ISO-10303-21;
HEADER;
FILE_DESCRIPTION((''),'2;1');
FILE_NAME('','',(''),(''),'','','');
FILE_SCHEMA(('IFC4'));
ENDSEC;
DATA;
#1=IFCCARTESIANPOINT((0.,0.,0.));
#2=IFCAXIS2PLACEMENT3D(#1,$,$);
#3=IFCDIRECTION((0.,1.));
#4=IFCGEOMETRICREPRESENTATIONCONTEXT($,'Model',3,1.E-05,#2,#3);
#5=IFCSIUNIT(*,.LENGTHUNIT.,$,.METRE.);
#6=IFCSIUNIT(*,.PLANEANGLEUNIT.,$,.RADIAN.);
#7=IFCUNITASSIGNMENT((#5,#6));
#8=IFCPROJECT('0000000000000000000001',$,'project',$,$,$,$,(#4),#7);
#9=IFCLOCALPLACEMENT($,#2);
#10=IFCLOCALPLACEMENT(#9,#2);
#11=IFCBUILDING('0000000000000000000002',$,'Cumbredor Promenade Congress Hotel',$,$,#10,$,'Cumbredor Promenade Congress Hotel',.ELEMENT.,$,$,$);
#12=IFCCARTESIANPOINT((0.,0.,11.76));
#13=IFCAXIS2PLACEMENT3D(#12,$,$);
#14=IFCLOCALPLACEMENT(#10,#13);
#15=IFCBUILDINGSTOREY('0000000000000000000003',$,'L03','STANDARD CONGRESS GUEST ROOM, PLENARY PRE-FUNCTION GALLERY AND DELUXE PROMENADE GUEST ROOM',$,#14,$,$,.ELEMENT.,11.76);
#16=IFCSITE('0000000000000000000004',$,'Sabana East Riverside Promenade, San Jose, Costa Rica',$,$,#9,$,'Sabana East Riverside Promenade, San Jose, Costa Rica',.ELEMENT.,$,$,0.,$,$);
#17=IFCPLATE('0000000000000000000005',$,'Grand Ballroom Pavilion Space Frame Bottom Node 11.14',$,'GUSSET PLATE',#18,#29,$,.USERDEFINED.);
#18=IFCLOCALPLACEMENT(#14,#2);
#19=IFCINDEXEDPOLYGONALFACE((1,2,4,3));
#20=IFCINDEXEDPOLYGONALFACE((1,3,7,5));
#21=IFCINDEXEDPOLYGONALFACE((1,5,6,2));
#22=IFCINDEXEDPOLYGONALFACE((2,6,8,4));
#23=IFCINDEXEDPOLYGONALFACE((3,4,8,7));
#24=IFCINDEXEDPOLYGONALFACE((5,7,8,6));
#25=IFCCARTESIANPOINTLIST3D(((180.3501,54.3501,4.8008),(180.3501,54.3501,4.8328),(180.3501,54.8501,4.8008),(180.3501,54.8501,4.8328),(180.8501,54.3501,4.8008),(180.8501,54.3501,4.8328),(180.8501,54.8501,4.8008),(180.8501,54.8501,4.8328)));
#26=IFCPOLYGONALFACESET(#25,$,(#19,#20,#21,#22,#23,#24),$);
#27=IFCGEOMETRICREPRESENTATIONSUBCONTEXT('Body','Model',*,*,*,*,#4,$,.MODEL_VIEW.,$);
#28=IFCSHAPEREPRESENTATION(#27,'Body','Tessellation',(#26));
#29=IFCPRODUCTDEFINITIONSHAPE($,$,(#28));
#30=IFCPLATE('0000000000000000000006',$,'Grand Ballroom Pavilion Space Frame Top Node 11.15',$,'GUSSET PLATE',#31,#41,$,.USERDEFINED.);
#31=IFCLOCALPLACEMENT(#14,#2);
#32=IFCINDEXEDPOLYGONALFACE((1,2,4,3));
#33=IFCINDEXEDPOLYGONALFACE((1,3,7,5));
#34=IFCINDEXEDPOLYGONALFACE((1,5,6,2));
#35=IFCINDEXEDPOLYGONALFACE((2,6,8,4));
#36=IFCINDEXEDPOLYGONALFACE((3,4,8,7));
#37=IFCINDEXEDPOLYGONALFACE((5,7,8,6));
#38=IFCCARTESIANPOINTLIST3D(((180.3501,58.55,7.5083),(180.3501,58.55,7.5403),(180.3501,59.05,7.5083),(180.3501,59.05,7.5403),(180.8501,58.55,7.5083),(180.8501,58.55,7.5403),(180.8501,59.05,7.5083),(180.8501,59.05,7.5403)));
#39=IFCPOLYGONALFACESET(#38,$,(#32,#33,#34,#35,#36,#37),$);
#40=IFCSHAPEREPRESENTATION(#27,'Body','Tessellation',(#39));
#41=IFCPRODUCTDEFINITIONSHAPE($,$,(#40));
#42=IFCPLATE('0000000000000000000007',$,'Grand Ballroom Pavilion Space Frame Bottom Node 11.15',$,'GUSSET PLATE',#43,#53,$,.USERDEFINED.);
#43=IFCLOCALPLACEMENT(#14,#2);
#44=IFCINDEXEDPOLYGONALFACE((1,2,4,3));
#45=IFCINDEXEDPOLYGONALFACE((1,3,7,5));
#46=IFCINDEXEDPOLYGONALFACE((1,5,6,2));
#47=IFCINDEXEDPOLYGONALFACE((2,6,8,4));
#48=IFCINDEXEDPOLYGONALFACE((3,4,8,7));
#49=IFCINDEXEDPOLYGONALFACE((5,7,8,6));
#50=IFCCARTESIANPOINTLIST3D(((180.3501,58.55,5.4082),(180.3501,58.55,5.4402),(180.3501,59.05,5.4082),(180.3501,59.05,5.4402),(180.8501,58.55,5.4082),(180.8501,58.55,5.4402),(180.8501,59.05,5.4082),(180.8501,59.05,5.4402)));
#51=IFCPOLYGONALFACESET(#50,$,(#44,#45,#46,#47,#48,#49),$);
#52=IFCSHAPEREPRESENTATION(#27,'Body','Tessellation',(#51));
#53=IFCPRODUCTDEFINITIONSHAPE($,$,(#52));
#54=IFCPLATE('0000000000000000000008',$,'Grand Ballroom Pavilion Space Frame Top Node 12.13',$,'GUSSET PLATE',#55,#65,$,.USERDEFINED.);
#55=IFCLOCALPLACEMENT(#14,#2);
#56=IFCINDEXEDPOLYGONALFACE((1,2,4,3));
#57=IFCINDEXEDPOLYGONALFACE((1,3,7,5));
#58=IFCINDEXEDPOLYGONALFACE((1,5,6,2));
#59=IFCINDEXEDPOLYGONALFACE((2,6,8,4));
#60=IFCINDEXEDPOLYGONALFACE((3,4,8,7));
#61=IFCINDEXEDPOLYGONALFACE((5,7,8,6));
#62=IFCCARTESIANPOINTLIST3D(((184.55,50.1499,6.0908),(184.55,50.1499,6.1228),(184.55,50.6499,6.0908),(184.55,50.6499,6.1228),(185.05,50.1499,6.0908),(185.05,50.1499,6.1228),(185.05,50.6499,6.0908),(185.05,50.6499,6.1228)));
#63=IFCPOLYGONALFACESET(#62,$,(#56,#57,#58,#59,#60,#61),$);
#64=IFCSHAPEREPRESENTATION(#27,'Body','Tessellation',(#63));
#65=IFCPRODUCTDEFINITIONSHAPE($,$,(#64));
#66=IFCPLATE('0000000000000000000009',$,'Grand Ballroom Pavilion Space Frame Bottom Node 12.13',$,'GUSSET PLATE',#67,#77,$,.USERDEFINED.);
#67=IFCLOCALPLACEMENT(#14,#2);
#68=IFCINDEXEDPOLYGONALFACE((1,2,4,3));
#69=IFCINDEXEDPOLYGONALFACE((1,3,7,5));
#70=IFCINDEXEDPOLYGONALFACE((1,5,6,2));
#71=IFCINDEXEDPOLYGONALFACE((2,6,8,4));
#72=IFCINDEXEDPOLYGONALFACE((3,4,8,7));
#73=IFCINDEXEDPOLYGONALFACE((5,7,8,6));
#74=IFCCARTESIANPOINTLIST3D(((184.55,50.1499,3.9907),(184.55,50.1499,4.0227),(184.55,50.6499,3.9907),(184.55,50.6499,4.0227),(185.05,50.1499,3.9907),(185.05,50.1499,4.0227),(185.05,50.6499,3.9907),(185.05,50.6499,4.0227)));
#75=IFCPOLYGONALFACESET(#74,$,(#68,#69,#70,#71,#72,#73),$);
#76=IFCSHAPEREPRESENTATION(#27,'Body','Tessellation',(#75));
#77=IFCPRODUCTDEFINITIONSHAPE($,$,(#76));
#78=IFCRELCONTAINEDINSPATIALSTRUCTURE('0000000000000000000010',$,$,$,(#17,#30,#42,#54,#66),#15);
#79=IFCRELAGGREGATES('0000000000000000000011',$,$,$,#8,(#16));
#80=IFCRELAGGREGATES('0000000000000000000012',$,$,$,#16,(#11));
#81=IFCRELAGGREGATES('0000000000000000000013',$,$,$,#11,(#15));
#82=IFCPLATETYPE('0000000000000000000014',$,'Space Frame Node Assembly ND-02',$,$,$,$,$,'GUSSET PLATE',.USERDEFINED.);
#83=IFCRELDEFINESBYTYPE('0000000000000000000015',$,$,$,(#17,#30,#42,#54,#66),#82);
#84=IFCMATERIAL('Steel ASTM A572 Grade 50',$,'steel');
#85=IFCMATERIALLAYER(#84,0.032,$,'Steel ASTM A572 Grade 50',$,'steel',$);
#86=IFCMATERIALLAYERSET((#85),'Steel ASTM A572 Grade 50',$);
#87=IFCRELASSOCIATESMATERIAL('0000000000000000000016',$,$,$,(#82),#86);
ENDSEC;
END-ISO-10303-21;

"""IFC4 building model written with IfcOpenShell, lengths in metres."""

from ifc_helpers import new_model, si_unit, direction, frame, origin, origin_2d, place, context, subcontext, project, spatial, rectangle, extrude, material, layer, layer_set, type_object, element, save


model = new_model("IFC4")

# Units and contexts
model_context = context("Model", 3, precision=1e-05, world=origin(), true_north=direction((0.0, 1.0)))
body_context = subcontext(model_context, "Body", "Model", "MODEL_VIEW")
ifc_project = project(units=[si_unit("LENGTHUNIT", "METRE"), si_unit("PLANEANGLEUNIT", "RADIAN")], contexts=[model_context])

# Site, building, storey
site_placement = place(None, origin())
site = spatial("IfcSite", under=ifc_project, at=site_placement, Name="Sabana East Riverside Promenade, San Jose, Costa Rica", LongName="Sabana East Riverside Promenade, San Jose, Costa Rica", CompositionType="ELEMENT", RefElevation=0.0)
building_placement = place(site_placement, origin())
building = spatial("IfcBuilding", under=site, at=building_placement, Name="Cumbredor Promenade Congress Hotel", LongName="Cumbredor Promenade Congress Hotel", CompositionType="ELEMENT")
storey_placement = place(building_placement, frame((0.0, 0.0, 11.76)))
storey = spatial("IfcBuildingStorey", under=building, at=storey_placement, Name="L03", Description="STANDARD CONGRESS GUEST ROOM, PLENARY PRE-FUNCTION GALLERY AND DELUXE PROMENADE GUEST ROOM", CompositionType="ELEMENT", Elevation=11.76)

# Plates
ifc_material_1 = material(Name="Steel ASTM A572 Grade 50", Category="steel")
ifc_layer = layer(ifc_material_1, 0.032, Name="Steel ASTM A572 Grade 50", Category="steel")
ifc_layer_set = layer_set([ifc_layer], Name="Steel ASTM A572 Grade 50")
plate_type = type_object("IfcPlateType", Name="Space Frame Node Assembly ND-02", ElementType="GUSSET PLATE", PredefinedType="USERDEFINED", material=ifc_layer_set)
for number, where, z_axis, x_axis, name in (
    (1, (180.6001, 54.6001, 4.8008), (0.0, 0.0, 1.0), (1.0, 0.0, 0.0), "Grand Ballroom Pavilion Space Frame Bottom Node 11.14"),
    (2, (180.6001, 58.8, 7.5083), (0.0, 0.0, 1.0), (1.0, 0.0, 0.0), "Grand Ballroom Pavilion Space Frame Top Node 11.15"),
    (3, (180.6001, 58.8, 5.4082), (0.0, 0.0, 1.0), (1.0, 0.0, 0.0), "Grand Ballroom Pavilion Space Frame Bottom Node 11.15"),
    (4, (184.8, 50.3999, 6.0908), (0.0, 0.0, 1.0), (1.0, 0.0, 0.0), "Grand Ballroom Pavilion Space Frame Top Node 12.13"),
    (5, (184.8, 50.3999, 3.9907), (0.0, 0.0, 1.0), (1.0, 0.0, 0.0), "Grand Ballroom Pavilion Space Frame Bottom Node 12.13"),
):
    element("IfcPlate", number, at=place(storey_placement, frame(where, z_axis=z_axis, x_axis=x_axis)), inside=storey, type_object=plate_type, Name=name, ObjectType="GUSSET PLATE", PredefinedType="USERDEFINED", context=body_context, shape_type="SweptSolid", body=[
        extrude(rectangle(XDim=0.5, YDim=0.5, at=origin_2d()), origin(), (0.0, 0.0, 1.0), 0.032),
    ])

save(model, "model.ifc")
